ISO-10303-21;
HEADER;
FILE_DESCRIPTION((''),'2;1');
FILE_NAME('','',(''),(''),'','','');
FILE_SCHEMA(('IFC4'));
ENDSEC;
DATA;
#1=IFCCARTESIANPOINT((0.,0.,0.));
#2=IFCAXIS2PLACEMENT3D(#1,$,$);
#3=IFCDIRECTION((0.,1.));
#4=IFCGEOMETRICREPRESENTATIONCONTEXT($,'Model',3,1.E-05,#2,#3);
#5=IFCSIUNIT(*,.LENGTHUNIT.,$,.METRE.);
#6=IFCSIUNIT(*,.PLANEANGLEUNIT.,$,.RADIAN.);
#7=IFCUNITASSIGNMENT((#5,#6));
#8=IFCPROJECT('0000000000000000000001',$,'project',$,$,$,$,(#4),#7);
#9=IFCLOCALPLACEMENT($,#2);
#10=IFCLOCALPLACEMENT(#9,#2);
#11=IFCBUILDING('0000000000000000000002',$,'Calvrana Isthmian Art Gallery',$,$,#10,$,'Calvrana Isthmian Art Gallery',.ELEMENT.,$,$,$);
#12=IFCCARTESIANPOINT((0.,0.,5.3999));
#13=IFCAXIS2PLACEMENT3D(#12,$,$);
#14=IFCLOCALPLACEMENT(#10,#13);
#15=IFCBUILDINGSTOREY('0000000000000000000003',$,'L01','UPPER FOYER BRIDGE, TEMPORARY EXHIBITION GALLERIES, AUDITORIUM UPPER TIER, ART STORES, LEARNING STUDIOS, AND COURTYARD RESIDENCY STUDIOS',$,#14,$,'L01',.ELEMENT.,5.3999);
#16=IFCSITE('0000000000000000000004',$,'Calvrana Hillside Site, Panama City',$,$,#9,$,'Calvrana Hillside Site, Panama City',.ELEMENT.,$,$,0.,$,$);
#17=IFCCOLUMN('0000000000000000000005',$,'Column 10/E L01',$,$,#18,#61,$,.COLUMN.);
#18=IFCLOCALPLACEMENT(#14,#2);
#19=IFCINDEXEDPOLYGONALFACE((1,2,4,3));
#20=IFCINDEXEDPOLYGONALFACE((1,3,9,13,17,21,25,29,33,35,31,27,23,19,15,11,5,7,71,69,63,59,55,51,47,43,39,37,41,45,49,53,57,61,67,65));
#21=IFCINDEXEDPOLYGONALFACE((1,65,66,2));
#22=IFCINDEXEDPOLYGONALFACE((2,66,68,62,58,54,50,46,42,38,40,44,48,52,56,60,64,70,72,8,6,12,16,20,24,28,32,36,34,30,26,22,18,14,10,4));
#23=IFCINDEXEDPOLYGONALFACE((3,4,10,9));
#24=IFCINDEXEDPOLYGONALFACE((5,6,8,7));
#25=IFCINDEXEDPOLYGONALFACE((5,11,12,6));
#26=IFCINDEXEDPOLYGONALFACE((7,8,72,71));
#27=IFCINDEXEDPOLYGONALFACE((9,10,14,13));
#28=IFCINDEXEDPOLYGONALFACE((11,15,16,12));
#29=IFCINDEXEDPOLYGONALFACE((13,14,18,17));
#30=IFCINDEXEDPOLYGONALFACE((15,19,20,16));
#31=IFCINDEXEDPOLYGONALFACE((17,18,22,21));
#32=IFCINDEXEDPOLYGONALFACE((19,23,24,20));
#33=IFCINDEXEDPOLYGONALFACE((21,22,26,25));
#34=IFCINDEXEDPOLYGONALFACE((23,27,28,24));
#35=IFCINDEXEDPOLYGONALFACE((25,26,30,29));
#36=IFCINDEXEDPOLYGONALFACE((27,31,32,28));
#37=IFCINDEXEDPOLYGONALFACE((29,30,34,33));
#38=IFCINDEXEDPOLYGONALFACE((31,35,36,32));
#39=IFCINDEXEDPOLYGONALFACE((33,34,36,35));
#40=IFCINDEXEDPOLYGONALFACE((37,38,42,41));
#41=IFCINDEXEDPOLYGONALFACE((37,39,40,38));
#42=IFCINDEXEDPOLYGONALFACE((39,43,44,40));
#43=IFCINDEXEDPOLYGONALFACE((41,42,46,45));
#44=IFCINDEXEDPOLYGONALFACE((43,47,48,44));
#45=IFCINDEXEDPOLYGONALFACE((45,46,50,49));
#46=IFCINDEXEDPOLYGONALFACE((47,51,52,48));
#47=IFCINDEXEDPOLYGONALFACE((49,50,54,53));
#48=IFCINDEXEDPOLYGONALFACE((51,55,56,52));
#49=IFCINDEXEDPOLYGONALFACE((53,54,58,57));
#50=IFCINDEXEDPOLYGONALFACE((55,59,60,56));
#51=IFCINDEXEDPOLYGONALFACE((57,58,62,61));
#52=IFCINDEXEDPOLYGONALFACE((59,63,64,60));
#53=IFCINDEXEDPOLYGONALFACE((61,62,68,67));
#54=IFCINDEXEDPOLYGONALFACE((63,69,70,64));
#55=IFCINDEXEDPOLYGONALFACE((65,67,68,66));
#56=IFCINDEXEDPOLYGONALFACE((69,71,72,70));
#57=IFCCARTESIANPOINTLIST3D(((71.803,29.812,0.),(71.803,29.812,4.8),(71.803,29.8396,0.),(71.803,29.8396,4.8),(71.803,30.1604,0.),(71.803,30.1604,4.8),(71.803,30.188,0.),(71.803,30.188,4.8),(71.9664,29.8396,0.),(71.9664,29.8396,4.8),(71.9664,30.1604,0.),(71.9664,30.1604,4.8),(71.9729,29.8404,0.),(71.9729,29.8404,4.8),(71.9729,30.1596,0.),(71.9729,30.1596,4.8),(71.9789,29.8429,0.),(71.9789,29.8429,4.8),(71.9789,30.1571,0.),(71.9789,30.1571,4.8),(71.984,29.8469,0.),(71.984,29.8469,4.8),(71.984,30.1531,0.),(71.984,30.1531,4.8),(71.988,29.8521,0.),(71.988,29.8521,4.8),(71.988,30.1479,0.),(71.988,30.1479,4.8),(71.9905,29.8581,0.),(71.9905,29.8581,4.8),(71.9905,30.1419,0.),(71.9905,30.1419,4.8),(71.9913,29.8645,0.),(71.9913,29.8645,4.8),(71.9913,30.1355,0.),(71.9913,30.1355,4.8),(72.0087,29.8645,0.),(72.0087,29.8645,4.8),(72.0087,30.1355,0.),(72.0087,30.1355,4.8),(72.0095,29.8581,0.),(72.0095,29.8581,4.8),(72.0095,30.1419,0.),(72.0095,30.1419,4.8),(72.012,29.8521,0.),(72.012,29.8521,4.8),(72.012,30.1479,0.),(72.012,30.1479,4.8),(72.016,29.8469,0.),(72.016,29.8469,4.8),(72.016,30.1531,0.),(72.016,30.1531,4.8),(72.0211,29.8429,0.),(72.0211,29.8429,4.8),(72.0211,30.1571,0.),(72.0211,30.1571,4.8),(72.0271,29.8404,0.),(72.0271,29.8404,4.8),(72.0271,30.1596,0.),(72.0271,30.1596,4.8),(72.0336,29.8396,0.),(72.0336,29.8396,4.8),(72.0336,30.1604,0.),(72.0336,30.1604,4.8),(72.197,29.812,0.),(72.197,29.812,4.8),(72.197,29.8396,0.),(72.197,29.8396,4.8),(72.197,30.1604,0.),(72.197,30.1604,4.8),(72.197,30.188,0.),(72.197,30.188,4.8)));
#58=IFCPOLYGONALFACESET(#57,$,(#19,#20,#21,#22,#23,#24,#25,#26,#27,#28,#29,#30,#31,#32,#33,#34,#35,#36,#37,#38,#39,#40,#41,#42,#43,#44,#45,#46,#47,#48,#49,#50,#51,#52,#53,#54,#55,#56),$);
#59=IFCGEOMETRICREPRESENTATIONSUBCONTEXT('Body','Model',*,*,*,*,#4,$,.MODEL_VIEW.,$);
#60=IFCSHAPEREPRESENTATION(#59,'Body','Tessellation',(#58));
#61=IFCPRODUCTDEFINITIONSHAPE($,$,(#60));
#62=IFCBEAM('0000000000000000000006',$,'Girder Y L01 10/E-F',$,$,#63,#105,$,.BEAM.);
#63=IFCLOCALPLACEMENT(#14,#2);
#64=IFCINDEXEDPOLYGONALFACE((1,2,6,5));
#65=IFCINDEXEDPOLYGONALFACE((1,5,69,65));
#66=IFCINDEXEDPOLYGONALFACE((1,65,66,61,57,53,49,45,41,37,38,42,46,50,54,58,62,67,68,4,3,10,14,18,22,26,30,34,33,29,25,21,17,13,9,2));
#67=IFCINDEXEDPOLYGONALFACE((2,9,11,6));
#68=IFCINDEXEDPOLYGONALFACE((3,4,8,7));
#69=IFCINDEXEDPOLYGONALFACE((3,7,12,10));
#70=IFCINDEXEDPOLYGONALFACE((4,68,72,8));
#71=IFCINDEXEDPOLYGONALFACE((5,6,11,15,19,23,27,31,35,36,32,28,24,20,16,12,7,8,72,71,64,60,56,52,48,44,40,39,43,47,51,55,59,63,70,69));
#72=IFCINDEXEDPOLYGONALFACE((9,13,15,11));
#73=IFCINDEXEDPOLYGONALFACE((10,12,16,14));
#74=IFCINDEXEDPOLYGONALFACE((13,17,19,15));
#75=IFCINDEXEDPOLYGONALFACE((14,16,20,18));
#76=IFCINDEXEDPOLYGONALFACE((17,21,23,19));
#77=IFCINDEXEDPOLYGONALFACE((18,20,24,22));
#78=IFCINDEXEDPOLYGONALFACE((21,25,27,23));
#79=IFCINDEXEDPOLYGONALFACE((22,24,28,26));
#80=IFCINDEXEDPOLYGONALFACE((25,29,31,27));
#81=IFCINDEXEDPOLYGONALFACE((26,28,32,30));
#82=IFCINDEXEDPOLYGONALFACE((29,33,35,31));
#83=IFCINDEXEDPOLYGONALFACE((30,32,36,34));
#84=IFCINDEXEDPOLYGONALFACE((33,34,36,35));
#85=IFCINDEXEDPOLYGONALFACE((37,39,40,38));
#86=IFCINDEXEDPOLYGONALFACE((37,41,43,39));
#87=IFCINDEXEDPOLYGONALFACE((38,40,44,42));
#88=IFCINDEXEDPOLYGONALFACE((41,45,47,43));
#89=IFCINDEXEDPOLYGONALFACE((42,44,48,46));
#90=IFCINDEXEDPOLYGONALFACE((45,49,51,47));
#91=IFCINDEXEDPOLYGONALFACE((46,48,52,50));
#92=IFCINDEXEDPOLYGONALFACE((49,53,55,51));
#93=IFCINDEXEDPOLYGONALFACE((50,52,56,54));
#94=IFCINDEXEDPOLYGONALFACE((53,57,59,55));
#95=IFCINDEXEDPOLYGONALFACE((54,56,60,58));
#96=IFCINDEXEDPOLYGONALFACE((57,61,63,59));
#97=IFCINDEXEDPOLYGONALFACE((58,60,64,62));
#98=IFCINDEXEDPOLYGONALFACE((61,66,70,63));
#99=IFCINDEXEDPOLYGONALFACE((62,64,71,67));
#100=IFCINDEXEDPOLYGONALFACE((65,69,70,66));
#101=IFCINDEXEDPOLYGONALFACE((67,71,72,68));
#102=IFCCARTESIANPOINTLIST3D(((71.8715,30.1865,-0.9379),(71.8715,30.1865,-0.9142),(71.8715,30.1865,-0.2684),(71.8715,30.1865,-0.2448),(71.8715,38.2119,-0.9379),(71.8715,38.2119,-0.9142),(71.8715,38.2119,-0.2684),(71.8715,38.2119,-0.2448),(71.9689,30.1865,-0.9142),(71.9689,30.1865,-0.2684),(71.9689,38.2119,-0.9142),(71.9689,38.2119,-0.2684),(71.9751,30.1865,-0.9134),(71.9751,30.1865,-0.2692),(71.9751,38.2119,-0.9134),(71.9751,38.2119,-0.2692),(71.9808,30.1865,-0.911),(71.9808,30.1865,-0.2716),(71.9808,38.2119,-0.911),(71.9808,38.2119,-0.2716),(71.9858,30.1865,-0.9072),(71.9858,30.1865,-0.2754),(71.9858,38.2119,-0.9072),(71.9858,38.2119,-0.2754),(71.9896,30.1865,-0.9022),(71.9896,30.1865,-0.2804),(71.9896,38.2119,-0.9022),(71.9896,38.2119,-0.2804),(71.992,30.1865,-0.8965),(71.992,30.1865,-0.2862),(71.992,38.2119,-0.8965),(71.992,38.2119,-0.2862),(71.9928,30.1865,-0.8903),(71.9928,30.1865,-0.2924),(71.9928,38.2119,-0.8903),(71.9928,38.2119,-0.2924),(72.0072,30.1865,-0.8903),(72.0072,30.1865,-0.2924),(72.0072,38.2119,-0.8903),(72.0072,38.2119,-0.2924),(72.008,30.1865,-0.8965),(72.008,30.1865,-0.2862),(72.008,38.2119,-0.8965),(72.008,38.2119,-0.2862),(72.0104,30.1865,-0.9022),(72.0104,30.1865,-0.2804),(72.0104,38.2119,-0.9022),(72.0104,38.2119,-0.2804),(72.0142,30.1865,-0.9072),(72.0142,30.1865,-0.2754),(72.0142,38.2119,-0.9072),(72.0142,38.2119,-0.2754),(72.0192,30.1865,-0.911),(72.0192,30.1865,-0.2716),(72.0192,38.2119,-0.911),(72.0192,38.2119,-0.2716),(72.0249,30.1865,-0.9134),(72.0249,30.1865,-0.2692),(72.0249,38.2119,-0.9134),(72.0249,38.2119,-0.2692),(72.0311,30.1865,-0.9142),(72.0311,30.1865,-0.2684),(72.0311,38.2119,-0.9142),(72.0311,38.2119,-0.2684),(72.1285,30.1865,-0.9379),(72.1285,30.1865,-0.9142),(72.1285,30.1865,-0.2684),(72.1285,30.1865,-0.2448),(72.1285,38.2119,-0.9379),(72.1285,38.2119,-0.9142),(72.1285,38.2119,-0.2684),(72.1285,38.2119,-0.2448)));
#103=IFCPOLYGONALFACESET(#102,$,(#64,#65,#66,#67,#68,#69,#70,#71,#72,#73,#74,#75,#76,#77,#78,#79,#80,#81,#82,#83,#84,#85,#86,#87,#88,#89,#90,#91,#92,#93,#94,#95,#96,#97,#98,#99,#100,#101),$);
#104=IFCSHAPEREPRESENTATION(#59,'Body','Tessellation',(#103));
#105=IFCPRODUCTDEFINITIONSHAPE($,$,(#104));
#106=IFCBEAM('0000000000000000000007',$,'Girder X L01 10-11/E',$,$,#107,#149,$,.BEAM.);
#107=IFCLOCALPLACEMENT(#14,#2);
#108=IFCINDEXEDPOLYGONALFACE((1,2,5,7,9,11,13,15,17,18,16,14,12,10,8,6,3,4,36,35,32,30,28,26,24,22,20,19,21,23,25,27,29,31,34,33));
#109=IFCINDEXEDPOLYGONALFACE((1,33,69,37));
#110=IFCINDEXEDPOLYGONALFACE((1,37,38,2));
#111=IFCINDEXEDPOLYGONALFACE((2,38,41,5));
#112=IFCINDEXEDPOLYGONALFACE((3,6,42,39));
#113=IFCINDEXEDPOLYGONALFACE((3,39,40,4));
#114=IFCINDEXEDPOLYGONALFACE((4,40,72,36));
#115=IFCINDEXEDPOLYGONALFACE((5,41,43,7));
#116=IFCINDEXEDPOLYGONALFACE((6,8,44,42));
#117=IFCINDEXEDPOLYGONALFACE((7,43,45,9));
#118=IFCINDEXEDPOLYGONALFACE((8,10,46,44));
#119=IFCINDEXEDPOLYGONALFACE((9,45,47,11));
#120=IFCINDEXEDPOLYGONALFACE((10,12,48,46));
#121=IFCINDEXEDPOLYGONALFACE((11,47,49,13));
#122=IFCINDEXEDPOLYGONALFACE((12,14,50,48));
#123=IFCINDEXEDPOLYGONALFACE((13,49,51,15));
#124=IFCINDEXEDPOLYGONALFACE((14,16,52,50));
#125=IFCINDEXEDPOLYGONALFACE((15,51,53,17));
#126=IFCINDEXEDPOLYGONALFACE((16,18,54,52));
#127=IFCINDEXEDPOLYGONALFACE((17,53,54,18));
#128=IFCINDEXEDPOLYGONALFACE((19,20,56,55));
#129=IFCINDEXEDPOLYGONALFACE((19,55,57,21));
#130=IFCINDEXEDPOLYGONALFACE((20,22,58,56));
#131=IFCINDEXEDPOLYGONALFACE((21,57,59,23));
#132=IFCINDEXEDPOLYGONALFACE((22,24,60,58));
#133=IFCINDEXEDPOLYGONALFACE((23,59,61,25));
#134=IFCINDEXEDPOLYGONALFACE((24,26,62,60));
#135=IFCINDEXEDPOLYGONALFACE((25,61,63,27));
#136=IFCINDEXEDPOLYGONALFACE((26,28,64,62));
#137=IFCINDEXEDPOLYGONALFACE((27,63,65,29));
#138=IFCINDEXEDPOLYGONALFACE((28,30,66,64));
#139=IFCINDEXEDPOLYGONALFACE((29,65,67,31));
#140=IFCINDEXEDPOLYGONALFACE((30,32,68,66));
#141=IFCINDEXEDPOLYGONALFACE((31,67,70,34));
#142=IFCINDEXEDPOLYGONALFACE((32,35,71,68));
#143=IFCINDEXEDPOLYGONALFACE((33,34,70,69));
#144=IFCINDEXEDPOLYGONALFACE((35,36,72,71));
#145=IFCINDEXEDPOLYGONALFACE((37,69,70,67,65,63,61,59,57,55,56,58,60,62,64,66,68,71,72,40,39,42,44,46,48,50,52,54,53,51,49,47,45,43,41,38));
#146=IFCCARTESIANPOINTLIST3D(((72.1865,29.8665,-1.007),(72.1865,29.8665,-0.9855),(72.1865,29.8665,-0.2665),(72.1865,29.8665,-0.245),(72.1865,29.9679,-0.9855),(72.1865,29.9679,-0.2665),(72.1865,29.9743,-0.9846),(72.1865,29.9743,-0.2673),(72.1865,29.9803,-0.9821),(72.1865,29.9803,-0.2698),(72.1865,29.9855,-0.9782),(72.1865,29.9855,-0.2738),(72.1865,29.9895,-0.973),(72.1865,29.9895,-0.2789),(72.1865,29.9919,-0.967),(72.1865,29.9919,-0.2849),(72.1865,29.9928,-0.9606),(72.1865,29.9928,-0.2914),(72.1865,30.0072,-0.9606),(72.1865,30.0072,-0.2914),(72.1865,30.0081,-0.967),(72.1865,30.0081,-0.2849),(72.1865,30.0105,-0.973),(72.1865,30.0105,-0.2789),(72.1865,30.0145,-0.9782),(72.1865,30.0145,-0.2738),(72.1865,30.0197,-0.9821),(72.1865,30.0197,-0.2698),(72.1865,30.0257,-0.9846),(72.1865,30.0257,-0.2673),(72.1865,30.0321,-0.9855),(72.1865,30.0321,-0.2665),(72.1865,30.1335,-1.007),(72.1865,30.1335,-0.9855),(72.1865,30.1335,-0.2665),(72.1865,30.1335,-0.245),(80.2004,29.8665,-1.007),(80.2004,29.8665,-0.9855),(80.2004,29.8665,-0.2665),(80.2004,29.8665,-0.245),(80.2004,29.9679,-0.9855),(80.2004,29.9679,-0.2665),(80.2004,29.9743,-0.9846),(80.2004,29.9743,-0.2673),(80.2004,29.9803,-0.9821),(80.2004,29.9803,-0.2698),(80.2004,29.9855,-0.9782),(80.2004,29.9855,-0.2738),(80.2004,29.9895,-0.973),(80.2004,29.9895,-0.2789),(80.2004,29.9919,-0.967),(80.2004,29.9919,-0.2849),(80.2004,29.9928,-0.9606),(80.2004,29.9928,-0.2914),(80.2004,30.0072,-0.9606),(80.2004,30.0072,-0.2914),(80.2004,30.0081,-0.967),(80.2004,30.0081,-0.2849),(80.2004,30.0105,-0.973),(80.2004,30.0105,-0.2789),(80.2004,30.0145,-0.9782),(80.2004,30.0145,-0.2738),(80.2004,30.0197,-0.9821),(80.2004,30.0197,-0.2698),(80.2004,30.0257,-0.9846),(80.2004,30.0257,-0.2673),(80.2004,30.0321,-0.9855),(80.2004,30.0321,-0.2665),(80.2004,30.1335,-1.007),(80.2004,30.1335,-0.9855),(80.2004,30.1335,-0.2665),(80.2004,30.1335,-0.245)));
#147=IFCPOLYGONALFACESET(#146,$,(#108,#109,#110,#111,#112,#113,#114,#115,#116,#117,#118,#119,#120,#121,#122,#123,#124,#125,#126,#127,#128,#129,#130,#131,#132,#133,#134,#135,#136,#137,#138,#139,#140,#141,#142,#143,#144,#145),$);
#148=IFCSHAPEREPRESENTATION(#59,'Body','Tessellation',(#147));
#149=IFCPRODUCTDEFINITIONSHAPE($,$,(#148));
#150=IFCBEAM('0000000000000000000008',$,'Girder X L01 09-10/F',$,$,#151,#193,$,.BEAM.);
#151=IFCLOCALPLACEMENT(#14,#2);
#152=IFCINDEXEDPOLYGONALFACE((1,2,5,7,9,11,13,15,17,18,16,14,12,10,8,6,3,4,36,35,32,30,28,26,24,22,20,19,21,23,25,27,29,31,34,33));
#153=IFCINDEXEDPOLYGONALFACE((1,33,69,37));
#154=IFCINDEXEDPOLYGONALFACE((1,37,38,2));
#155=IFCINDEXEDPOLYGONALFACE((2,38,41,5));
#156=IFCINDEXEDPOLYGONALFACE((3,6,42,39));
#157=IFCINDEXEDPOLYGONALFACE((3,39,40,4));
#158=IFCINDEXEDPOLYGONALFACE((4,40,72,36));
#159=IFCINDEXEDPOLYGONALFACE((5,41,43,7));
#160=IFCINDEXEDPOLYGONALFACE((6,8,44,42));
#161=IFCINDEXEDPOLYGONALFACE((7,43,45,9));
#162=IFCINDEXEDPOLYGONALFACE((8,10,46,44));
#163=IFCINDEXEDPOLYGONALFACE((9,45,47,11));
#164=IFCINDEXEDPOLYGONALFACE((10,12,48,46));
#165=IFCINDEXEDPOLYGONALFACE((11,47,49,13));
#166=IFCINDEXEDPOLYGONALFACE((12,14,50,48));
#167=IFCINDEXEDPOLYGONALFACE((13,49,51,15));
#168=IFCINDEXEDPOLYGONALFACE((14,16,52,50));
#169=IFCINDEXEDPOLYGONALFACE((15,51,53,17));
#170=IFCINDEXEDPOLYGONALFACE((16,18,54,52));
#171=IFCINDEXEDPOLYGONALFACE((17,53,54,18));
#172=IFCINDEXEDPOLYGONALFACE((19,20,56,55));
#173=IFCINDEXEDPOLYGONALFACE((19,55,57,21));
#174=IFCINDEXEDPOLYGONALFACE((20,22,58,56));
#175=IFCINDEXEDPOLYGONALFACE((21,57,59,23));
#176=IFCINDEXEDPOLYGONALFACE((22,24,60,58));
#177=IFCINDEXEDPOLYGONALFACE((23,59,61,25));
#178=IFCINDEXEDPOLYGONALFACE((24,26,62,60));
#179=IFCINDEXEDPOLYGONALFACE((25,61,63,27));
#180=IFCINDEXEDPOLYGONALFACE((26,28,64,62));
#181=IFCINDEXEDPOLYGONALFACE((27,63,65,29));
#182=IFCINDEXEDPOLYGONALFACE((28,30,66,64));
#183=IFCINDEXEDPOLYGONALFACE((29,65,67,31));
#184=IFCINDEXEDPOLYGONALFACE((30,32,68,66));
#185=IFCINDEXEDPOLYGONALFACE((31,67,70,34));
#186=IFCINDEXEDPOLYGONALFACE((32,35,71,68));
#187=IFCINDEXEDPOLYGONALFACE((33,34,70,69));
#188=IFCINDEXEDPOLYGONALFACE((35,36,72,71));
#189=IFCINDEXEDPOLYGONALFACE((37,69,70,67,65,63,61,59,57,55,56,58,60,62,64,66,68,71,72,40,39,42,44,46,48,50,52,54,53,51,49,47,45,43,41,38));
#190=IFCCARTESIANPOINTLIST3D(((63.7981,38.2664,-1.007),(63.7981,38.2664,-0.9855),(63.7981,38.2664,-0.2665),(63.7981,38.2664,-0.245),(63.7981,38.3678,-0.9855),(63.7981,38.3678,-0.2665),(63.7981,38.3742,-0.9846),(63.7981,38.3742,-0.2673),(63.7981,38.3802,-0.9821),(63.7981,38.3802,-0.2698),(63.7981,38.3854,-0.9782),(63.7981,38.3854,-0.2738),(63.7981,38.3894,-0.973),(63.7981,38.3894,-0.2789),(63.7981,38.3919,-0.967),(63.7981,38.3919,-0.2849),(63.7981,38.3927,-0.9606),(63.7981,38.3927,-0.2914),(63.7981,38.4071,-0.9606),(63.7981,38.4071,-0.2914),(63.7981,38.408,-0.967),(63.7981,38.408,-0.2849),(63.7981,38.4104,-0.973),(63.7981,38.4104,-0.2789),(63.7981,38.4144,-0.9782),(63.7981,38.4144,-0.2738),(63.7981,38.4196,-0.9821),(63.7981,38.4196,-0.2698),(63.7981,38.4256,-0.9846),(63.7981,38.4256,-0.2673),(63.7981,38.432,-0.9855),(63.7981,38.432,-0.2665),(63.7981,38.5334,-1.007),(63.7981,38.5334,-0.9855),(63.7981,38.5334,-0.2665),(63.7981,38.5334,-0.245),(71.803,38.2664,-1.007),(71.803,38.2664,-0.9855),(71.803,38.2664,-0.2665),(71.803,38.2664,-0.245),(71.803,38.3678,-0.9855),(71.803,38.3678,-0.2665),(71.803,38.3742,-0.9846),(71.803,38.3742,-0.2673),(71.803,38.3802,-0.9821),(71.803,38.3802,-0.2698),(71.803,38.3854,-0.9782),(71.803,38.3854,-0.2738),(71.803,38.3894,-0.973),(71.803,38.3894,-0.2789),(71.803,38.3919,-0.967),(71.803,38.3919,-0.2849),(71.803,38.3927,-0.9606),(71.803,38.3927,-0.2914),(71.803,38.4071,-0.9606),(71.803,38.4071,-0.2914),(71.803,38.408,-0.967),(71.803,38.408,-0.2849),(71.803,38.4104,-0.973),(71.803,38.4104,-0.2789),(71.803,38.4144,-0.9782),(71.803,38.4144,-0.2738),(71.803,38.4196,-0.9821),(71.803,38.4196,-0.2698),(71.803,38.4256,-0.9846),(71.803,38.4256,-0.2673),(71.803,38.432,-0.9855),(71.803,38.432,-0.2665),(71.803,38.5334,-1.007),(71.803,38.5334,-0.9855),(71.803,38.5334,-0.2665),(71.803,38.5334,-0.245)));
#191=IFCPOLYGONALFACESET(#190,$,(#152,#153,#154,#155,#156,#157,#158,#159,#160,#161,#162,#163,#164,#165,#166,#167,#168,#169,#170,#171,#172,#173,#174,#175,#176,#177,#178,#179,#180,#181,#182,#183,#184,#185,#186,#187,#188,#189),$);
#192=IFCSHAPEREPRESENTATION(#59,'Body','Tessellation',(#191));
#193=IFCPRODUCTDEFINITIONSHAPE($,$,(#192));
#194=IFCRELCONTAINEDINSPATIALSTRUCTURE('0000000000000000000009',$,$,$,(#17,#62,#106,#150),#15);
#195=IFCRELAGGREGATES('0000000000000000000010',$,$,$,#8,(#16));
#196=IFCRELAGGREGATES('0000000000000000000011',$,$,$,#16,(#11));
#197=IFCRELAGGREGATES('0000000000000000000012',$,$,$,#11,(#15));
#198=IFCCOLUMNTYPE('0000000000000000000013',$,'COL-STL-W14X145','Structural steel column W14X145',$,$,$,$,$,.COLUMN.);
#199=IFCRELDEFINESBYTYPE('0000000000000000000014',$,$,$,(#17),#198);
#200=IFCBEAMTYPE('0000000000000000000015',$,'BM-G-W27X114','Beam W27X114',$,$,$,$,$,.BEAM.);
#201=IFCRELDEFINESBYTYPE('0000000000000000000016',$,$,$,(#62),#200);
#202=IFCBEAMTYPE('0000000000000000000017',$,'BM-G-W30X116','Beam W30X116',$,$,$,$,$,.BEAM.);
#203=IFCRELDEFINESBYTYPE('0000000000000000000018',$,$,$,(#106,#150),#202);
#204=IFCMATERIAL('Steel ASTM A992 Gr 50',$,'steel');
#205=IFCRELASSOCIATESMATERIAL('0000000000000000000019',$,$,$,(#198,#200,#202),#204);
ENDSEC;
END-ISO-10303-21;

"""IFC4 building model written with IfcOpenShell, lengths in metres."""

from ifc_helpers import new_model, si_unit, direction, frame, origin, origin_2d, place, context, subcontext, project, spatial, i_section, extrude, material, material_profile, profile_set, type_object, element, save


model = new_model("IFC4")

# Units and contexts
model_context = context("Model", 3, precision=1e-05, world=origin(), true_north=direction((0.0, 1.0)))
body_context = subcontext(model_context, "Body", "Model", "MODEL_VIEW")
ifc_project = project(units=[si_unit("LENGTHUNIT", "METRE"), si_unit("PLANEANGLEUNIT", "RADIAN")], contexts=[model_context])

# Site, building, storey
site_placement = place(None, origin())
site = spatial("IfcSite", under=ifc_project, at=site_placement, Name="Calvrana Hillside Site, Panama City", LongName="Calvrana Hillside Site, Panama City", CompositionType="ELEMENT", RefElevation=0.0)
building_placement = place(site_placement, origin())
building = spatial("IfcBuilding", under=site, at=building_placement, Name="Calvrana Isthmian Art Gallery", LongName="Calvrana Isthmian Art Gallery", CompositionType="ELEMENT")
storey_placement = place(building_placement, frame((0.0, 0.0, 5.3999)))
storey = spatial("IfcBuildingStorey", under=building, at=storey_placement, Name="L01", Description="UPPER FOYER BRIDGE, TEMPORARY EXHIBITION GALLERIES, AUDITORIUM UPPER TIER, ART STORES, LEARNING STUDIOS, AND COURTYARD RESIDENCY STUDIOS", LongName="L01", CompositionType="ELEMENT", Elevation=5.3999)

# Column
ifc_material_1 = material(Name="Steel ASTM A992 Gr 50", Category="steel")
ifc_material_profile_1 = material_profile(ifc_material_1, i_section(OverallWidth=0.394, OverallDepth=0.376, WebThickness=0.0173, FlangeThickness=0.0276, FilletRadius=0.0249, at=origin_2d()), Name="W14X145")
ifc_profile_set_1 = profile_set([ifc_material_profile_1], Name="Steel ASTM A992 Gr 50")
column_type = type_object("IfcColumnType", Name="COL-STL-W14X145", Description="Structural steel column W14X145", PredefinedType="COLUMN", material=ifc_profile_set_1)
column_placement = place(storey_placement, frame((72.0, 30.0, 0.0), z_axis=(0.0, 0.0, 1.0), x_axis=(1.0, 0.0, 0.0)))
element("IfcColumn", 1, at=column_placement, inside=storey, type_object=column_type, Name="Column 10/E L01", PredefinedType="COLUMN", context=body_context, shape_type="SweptSolid", body=[
    extrude(i_section(OverallWidth=0.394, OverallDepth=0.376, WebThickness=0.0173, FlangeThickness=0.0276, FilletRadius=0.0249, at=origin_2d()), origin(), (0.0, 0.0, 1.0), 4.8),
])

# Beams
ifc_material_profile_2 = material_profile(ifc_material_1, i_section(OverallWidth=0.2571, OverallDepth=0.6931, WebThickness=0.0144, FlangeThickness=0.0237, FilletRadius=0.0239, at=origin_2d()), Name="W27X114")
ifc_profile_set_2 = profile_set([ifc_material_profile_2], Name="Steel ASTM A992 Gr 50")
beam_type_1 = type_object("IfcBeamType", Name="BM-G-W27X114", Description="Beam W27X114", PredefinedType="BEAM", material=ifc_profile_set_2)
beam_1_placement = place(storey_placement, frame((72.0, 30.1865, -0.5913), z_axis=(0.0, 1.0, 0.0), x_axis=(-1.0, 0.0, 0.0)))
element("IfcBeam", 2, at=beam_1_placement, inside=storey, type_object=beam_type_1, Name="Girder Y L01 10/E-F", PredefinedType="BEAM", context=body_context, shape_type="SweptSolid", body=[
    extrude(i_section(OverallWidth=0.2571, OverallDepth=0.6931, WebThickness=0.0144, FlangeThickness=0.0237, FilletRadius=0.0239, at=origin_2d()), origin(), (0.0, 0.0, 1.0), 8.0254),
])
ifc_material_profile_3 = material_profile(ifc_material_1, i_section(OverallWidth=0.2671, OverallDepth=0.762, WebThickness=0.0144, FlangeThickness=0.0215, FilletRadius=0.0249, at=origin_2d()), Name="W30X116")
ifc_profile_set_3 = profile_set([ifc_material_profile_3], Name="Steel ASTM A992 Gr 50")
beam_type_2 = type_object("IfcBeamType", Name="BM-G-W30X116", Description="Beam W30X116", PredefinedType="BEAM", material=ifc_profile_set_3)
beam_2_placement = place(storey_placement, frame((72.1865, 30.0, -0.626), z_axis=(1.0, 0.0, 0.0), x_axis=(0.0, 1.0, 0.0)))
element("IfcBeam", 3, at=beam_2_placement, inside=storey, type_object=beam_type_2, Name="Girder X L01 10-11/E", PredefinedType="BEAM", context=body_context, shape_type="SweptSolid", body=[
    extrude(i_section(OverallWidth=0.2671, OverallDepth=0.762, WebThickness=0.0144, FlangeThickness=0.0215, FilletRadius=0.0249, at=origin_2d()), origin(), (0.0, 0.0, 1.0), 8.0139),
])
beam_3_placement = place(storey_placement, frame((63.7981, 38.3999, -0.626), z_axis=(1.0, 0.0, 0.0), x_axis=(0.0, 1.0, 0.0)))
element("IfcBeam", 4, at=beam_3_placement, inside=storey, type_object=beam_type_2, Name="Girder X L01 09-10/F", PredefinedType="BEAM", context=body_context, shape_type="SweptSolid", body=[
    extrude(i_section(OverallWidth=0.2671, OverallDepth=0.762, WebThickness=0.0144, FlangeThickness=0.0215, FilletRadius=0.0249, at=origin_2d()), origin(), (0.0, 0.0, 1.0), 8.0049),
])

save(model, "model.ifc")
